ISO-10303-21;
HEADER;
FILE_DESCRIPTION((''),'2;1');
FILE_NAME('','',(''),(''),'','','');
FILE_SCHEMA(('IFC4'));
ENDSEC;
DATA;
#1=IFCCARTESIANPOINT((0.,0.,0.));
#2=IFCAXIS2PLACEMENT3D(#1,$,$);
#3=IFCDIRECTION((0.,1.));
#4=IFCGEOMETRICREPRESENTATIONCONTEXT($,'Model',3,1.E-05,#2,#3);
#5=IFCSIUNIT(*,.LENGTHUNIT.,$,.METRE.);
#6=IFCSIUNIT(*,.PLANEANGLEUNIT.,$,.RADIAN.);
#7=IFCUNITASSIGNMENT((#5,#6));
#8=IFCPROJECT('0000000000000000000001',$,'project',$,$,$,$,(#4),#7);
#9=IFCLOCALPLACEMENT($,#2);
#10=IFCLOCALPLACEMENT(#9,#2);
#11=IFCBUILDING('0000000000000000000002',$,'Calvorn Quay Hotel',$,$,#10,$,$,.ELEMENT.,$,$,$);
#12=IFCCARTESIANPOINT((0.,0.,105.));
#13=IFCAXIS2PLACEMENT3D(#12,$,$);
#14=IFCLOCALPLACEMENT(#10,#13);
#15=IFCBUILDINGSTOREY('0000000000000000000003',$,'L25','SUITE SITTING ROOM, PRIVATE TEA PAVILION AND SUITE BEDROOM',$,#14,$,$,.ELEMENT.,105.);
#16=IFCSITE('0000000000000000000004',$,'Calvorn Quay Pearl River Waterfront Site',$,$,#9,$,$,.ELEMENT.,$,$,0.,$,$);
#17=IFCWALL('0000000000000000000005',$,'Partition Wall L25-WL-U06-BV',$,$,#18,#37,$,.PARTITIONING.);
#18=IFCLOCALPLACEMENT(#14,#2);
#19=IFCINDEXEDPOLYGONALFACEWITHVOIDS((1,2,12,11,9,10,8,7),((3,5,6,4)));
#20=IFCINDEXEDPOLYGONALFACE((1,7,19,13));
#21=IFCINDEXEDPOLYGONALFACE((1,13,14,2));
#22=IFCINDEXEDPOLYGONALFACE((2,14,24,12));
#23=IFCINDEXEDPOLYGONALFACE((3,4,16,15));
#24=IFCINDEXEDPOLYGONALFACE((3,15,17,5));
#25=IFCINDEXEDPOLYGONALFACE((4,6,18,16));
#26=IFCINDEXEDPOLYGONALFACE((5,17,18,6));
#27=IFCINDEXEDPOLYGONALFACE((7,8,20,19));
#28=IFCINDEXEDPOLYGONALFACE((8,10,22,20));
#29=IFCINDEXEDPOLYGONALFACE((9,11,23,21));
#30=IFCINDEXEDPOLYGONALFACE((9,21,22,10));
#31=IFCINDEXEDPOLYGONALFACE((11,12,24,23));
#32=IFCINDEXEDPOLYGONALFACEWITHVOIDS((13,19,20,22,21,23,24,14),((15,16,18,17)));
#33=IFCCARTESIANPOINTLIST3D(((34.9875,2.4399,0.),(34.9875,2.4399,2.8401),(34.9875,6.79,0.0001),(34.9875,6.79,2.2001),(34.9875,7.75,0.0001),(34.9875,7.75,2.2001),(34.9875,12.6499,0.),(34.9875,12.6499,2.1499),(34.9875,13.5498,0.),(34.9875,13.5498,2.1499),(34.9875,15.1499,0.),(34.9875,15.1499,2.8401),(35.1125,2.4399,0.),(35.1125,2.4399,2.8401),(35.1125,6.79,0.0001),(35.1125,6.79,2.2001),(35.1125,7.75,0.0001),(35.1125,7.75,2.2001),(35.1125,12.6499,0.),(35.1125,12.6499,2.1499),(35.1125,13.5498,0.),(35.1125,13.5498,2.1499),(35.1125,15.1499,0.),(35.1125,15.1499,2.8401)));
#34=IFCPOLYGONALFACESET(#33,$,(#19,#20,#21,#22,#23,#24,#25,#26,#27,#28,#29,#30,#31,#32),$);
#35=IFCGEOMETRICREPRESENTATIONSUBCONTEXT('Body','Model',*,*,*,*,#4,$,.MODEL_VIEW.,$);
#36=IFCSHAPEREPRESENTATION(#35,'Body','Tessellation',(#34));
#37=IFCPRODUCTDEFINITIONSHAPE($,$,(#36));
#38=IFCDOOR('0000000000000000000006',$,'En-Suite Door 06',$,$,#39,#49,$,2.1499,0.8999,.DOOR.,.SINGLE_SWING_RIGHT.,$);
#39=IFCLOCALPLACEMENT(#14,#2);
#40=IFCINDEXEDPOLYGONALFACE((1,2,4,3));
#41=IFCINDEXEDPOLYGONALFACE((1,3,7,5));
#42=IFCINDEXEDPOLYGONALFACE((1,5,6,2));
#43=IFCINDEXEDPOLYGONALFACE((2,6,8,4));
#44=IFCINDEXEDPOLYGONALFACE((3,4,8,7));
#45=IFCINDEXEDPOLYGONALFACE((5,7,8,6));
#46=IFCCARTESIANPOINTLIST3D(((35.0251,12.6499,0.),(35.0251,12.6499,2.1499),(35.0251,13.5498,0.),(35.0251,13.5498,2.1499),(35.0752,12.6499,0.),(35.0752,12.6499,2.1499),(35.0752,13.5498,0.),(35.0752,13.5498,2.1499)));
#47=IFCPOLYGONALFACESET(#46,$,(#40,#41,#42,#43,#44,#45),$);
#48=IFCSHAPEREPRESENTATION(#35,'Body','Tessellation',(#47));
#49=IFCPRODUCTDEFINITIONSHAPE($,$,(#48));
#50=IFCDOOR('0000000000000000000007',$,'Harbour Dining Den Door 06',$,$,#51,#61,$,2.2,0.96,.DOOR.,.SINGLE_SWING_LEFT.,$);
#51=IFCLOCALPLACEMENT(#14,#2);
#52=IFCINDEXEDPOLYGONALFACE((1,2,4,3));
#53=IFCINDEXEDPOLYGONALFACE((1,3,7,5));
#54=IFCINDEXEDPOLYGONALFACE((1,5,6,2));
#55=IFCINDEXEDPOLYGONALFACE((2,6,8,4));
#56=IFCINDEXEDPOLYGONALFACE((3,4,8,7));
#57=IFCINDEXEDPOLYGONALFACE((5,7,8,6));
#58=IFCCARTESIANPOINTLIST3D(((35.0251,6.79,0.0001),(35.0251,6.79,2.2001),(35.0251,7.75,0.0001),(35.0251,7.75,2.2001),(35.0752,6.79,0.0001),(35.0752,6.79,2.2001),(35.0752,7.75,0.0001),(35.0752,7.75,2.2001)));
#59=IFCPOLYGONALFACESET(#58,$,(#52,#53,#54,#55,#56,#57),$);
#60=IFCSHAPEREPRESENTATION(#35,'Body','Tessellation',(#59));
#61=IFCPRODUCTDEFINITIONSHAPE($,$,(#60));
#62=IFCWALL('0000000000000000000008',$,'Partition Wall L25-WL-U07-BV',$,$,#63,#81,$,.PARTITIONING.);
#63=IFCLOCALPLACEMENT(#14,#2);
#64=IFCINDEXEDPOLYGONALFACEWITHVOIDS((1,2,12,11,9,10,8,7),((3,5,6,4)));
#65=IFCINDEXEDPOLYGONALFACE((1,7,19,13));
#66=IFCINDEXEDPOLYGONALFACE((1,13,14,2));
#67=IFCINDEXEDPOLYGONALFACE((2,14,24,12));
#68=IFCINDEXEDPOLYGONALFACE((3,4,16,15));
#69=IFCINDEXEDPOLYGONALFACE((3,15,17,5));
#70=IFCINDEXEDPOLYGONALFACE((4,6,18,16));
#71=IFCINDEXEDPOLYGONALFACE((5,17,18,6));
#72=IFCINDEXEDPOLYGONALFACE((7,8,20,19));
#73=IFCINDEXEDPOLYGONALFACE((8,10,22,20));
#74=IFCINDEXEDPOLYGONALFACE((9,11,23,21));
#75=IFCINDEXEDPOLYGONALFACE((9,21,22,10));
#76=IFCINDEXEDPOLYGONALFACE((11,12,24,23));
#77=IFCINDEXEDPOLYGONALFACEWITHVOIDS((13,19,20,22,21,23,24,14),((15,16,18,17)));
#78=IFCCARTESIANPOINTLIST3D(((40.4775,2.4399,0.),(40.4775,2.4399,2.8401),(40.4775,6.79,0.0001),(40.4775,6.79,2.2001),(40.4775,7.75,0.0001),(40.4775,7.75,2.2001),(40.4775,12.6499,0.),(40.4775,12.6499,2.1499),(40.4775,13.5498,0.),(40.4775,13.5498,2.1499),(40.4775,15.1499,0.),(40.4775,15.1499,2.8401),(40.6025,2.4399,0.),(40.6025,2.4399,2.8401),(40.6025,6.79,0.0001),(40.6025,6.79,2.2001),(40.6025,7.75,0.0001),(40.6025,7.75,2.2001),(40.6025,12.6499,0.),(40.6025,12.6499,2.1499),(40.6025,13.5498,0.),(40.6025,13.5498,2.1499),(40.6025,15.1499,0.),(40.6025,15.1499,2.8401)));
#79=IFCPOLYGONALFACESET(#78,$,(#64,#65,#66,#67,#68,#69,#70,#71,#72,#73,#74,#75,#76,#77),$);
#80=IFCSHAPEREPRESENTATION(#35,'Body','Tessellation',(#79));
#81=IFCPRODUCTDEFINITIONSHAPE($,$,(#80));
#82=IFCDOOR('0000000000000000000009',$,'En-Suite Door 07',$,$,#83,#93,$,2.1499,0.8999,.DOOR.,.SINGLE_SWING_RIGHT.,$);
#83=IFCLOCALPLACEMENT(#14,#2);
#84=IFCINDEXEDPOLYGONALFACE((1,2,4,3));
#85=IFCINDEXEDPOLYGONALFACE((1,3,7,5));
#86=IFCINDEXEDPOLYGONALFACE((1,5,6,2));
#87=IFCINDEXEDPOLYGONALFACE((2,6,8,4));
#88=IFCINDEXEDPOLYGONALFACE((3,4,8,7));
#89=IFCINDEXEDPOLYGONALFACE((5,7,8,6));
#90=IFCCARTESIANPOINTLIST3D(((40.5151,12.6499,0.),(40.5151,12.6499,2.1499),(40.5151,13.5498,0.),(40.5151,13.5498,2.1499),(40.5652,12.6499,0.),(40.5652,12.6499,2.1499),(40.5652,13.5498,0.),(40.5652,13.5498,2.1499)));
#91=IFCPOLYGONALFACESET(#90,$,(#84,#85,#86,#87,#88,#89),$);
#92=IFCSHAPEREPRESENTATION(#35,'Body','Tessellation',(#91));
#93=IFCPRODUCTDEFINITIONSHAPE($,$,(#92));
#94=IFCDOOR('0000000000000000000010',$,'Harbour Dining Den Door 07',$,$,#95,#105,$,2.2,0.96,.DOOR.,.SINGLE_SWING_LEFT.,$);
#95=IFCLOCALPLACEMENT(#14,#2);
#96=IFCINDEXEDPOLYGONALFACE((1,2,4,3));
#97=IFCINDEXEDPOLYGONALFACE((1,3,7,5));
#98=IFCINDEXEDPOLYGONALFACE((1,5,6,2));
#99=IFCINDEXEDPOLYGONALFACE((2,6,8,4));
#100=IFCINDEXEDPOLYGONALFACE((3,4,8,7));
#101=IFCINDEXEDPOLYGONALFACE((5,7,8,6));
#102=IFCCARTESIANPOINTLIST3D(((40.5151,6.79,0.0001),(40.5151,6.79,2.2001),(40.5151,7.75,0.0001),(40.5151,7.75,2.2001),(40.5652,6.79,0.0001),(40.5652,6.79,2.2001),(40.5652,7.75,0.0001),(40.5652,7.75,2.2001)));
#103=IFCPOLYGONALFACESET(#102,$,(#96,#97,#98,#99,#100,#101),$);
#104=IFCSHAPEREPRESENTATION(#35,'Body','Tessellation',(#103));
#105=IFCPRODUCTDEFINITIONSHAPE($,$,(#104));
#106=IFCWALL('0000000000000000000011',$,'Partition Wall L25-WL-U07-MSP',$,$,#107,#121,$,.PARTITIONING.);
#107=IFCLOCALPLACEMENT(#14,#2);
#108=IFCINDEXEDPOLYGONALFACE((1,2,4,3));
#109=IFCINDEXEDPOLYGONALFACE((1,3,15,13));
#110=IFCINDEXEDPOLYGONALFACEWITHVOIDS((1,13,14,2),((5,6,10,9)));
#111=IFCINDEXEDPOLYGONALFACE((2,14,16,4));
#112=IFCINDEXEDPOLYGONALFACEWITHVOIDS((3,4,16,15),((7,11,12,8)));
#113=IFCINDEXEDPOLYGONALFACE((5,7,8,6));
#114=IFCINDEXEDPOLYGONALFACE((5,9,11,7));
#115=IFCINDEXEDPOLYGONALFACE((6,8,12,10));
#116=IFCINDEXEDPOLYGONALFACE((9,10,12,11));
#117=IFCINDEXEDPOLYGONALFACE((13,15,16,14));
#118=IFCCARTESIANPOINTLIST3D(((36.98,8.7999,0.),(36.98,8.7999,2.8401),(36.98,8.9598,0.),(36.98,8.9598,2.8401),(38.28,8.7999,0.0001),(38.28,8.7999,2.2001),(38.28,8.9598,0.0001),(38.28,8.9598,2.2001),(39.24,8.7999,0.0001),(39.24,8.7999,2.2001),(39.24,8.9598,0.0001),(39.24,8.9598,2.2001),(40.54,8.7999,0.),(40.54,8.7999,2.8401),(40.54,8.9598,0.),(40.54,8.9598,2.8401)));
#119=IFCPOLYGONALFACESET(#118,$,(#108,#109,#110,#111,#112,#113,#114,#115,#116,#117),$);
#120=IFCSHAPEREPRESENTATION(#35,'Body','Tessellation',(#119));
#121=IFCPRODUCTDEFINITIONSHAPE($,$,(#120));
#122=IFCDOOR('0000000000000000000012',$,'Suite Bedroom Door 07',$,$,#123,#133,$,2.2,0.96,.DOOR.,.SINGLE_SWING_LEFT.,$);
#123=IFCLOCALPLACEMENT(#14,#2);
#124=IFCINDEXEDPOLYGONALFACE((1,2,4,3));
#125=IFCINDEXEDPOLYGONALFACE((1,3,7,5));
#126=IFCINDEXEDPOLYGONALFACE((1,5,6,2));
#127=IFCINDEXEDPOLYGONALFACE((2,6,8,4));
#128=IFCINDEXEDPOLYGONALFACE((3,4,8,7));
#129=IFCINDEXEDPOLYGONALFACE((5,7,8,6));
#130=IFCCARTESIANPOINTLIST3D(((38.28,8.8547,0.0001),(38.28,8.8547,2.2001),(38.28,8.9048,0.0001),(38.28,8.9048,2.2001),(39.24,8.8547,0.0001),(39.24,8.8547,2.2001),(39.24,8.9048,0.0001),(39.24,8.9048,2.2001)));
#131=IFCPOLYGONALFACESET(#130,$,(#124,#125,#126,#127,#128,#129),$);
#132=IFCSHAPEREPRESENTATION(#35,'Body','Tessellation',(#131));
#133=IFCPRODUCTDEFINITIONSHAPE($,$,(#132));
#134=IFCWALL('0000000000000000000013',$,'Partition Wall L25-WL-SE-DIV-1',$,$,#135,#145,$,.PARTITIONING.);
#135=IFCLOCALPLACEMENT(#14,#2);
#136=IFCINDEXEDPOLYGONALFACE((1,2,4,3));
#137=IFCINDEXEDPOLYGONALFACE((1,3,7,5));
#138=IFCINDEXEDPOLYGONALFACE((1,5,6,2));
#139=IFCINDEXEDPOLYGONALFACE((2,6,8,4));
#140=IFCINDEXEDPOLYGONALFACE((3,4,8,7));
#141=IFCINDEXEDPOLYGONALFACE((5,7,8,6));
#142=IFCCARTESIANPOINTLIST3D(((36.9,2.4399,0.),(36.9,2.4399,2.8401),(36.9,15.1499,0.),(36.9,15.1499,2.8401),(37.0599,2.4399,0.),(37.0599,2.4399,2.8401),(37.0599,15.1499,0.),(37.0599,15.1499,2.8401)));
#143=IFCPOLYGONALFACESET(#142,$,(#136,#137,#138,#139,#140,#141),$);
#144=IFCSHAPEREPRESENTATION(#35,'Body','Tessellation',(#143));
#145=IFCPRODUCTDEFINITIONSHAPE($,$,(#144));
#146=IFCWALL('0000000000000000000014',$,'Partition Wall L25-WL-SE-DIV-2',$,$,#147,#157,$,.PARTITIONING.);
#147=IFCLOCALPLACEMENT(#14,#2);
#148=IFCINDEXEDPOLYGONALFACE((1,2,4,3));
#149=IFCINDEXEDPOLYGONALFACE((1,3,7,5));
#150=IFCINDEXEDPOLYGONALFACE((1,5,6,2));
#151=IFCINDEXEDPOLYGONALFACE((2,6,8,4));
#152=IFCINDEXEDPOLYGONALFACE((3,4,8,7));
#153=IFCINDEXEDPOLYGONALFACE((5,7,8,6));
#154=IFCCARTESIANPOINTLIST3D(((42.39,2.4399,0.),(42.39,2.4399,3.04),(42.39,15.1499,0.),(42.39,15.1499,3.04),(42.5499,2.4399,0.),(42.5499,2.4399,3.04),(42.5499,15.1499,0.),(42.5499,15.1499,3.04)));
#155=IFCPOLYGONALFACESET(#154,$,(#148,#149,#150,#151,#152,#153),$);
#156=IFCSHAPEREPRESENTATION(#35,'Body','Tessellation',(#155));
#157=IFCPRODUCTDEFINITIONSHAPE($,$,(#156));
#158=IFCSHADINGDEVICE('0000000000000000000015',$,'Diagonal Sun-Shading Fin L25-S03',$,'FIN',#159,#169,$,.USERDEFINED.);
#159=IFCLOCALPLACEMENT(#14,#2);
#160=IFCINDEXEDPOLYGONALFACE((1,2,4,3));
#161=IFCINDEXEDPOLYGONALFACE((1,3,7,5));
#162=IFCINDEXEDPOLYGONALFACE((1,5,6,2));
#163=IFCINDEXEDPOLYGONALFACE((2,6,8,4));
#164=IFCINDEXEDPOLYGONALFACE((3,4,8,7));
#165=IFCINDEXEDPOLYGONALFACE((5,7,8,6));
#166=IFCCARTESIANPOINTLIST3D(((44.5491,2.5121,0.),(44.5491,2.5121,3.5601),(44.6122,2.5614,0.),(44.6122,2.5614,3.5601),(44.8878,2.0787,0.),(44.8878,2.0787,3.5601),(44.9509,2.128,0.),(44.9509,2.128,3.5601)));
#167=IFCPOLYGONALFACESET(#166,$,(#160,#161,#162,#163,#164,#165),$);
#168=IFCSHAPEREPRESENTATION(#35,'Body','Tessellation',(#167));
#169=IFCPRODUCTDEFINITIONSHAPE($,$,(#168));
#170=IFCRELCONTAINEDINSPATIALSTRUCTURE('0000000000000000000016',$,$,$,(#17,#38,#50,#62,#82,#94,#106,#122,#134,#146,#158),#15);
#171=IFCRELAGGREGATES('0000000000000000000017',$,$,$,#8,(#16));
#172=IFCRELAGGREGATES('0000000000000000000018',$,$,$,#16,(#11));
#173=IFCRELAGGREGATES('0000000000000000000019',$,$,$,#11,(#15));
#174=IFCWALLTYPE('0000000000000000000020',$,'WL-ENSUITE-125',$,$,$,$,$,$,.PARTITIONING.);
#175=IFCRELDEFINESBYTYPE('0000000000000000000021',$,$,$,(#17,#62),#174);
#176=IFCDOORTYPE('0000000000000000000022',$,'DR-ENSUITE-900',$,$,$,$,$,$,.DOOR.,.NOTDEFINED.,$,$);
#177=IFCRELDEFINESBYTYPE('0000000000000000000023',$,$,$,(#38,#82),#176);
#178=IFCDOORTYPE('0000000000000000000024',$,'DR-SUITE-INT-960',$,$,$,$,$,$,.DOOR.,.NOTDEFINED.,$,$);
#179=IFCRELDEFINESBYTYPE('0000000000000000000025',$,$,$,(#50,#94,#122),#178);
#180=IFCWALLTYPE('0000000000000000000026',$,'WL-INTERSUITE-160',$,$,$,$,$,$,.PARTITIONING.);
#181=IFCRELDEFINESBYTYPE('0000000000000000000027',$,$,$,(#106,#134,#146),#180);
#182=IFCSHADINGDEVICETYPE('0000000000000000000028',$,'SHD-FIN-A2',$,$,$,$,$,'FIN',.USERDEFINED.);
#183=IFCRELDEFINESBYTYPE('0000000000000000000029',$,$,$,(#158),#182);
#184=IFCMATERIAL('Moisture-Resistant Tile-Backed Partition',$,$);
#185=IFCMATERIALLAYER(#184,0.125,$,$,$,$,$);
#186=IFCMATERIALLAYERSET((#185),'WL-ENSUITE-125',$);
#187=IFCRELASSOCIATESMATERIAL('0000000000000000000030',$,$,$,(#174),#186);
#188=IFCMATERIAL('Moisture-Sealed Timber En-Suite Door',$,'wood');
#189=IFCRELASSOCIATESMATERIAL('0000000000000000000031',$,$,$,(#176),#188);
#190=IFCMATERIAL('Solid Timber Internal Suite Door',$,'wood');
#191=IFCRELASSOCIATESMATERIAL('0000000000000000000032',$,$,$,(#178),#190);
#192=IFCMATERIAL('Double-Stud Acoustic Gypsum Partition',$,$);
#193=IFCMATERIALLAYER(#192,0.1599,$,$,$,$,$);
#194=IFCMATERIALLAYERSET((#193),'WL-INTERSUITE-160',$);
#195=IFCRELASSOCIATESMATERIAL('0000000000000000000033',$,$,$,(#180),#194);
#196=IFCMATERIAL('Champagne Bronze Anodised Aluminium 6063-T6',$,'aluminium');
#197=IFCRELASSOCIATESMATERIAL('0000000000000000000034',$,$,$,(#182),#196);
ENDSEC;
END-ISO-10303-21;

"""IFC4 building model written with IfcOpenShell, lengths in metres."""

from ifc_helpers import new_model, si_unit, direction, frame, frame_2d, origin, origin_2d, place, context, subcontext, project, spatial, rectangle, extrude, material, layer, layer_set, type_object, element, fill, save


model = new_model("IFC4")

# Units and contexts
model_context = context("Model", 3, precision=1e-05, world=origin(), true_north=direction((0.0, 1.0)))
body_context = subcontext(model_context, "Body", "Model", "MODEL_VIEW")
ifc_project = project(units=[si_unit("LENGTHUNIT", "METRE"), si_unit("PLANEANGLEUNIT", "RADIAN")], contexts=[model_context])

# Site, building, storey
site_placement = place(None, origin())
site = spatial("IfcSite", under=ifc_project, at=site_placement, Name="Calvorn Quay Pearl River Waterfront Site", CompositionType="ELEMENT", RefElevation=0.0)
building_placement = place(site_placement, origin())
building = spatial("IfcBuilding", under=site, at=building_placement, Name="Calvorn Quay Hotel", CompositionType="ELEMENT")
storey_placement = place(building_placement, frame((0.0, 0.0, 105.0)))
storey = spatial("IfcBuildingStorey", under=building, at=storey_placement, Name="L25", Description="SUITE SITTING ROOM, PRIVATE TEA PAVILION AND SUITE BEDROOM", CompositionType="ELEMENT", Elevation=105.0)

# Walls, openings, doors
ifc_material_1 = material(Name="Moisture-Resistant Tile-Backed Partition")
ifc_layer_1 = layer(ifc_material_1, 0.125)
ifc_layer_set_1 = layer_set([ifc_layer_1], Name="WL-ENSUITE-125")
wall_type_1 = type_object("IfcWallType", Name="WL-ENSUITE-125", PredefinedType="PARTITIONING", material=ifc_layer_set_1)
wall_1_placement = place(storey_placement, frame((35.05, 2.4399, 0.0), z_axis=(0.0, 0.0, 1.0), x_axis=(0.0, 1.0, 0.0)))
wall_1 = element("IfcWall", 1, at=wall_1_placement, inside=storey, type_object=wall_type_1, Name="Partition Wall L25-WL-U06-BV", PredefinedType="PARTITIONING", context=body_context, shape_type="SweptSolid", body=[
    extrude(rectangle(XDim=12.71, YDim=0.125, at=frame_2d((6.355, 0.0))), origin(), (0.0, 0.0, 1.0), 2.8401),
])
opening_1_placement = place(wall_1_placement, frame((4.3501, 0.0, 0.0)))
opening_1 = element("IfcOpeningElement", 2, at=opening_1_placement, cuts=wall_1, PredefinedType="OPENING", context=body_context, shape_type="SweptSolid", body=[
    extrude(rectangle(XDim=0.96, YDim=2.2, at=frame_2d((0.48, 1.1001))), frame((0.0, 0.0725, 0.0), z_axis=(0.0, -1.0, 0.0), x_axis=(1.0, 0.0, 0.0)), (0.0, 0.0, 1.0), 0.145),
])
opening_2_placement = place(wall_1_placement, frame((10.21, 0.0, 0.0)))
opening_2 = element("IfcOpeningElement", 3, at=opening_2_placement, cuts=wall_1, PredefinedType="OPENING", context=body_context, shape_type="SweptSolid", body=[
    extrude(rectangle(XDim=0.8999, YDim=2.1499, at=frame_2d((0.45, 1.075))), frame((0.0, 0.0725, 0.0), z_axis=(0.0, -1.0, 0.0), x_axis=(1.0, 0.0, 0.0)), (0.0, 0.0, 1.0), 0.145),
])
ifc_material_2 = material(Name="Moisture-Sealed Timber En-Suite Door", Category="wood")
door_type_1 = type_object("IfcDoorType", Name="DR-ENSUITE-900", OperationType="NOTDEFINED", PredefinedType="DOOR", material=ifc_material_2)
door_1_placement = place(opening_2_placement, origin())
door_1 = element("IfcDoor", 4, at=door_1_placement, inside=storey, type_object=door_type_1, Name="En-Suite Door 06", OperationType="SINGLE_SWING_RIGHT", OverallHeight=2.1499, OverallWidth=0.8999, PredefinedType="DOOR", context=body_context, shape_type="SweptSolid", body=[
    extrude(rectangle(XDim=0.8999, YDim=2.1499, at=frame_2d((0.45, 1.075))), frame((0.0, 0.0249, 0.0), z_axis=(0.0, -1.0, 0.0), x_axis=(1.0, 0.0, 0.0)), (0.0, 0.0, 1.0), 0.05),
])
fill(opening_2, door_1)
ifc_material_3 = material(Name="Solid Timber Internal Suite Door", Category="wood")
door_type_2 = type_object("IfcDoorType", Name="DR-SUITE-INT-960", OperationType="NOTDEFINED", PredefinedType="DOOR", material=ifc_material_3)
door_2_placement = place(opening_1_placement, origin())
door_2 = element("IfcDoor", 5, at=door_2_placement, inside=storey, type_object=door_type_2, Name="Harbour Dining Den Door 06", OperationType="SINGLE_SWING_LEFT", OverallHeight=2.2, OverallWidth=0.96, PredefinedType="DOOR", context=body_context, shape_type="SweptSolid", body=[
    extrude(rectangle(XDim=0.96, YDim=2.2, at=frame_2d((0.48, 1.1001))), frame((0.0, 0.0249, 0.0), z_axis=(0.0, -1.0, 0.0), x_axis=(1.0, 0.0, 0.0)), (0.0, 0.0, 1.0), 0.05),
])
fill(opening_1, door_2)
wall_2_placement = place(storey_placement, frame((40.54, 2.4399, 0.0), z_axis=(0.0, 0.0, 1.0), x_axis=(0.0, 1.0, 0.0)))
wall_2 = element("IfcWall", 6, at=wall_2_placement, inside=storey, type_object=wall_type_1, Name="Partition Wall L25-WL-U07-BV", PredefinedType="PARTITIONING", context=body_context, shape_type="SweptSolid", body=[
    extrude(rectangle(XDim=12.71, YDim=0.125, at=frame_2d((6.355, 0.0))), origin(), (0.0, 0.0, 1.0), 2.8401),
])
opening_3_placement = place(wall_2_placement, frame((4.3501, 0.0, 0.0)))
opening_3 = element("IfcOpeningElement", 7, at=opening_3_placement, cuts=wall_2, PredefinedType="OPENING", context=body_context, shape_type="SweptSolid", body=[
    extrude(rectangle(XDim=0.96, YDim=2.2, at=frame_2d((0.48, 1.1001))), frame((0.0, 0.0725, 0.0), z_axis=(0.0, -1.0, 0.0), x_axis=(1.0, 0.0, 0.0)), (0.0, 0.0, 1.0), 0.145),
])
opening_4_placement = place(wall_2_placement, frame((10.21, 0.0, 0.0)))
opening_4 = element("IfcOpeningElement", 8, at=opening_4_placement, cuts=wall_2, PredefinedType="OPENING", context=body_context, shape_type="SweptSolid", body=[
    extrude(rectangle(XDim=0.8999, YDim=2.1499, at=frame_2d((0.45, 1.075))), frame((0.0, 0.0725, 0.0), z_axis=(0.0, -1.0, 0.0), x_axis=(1.0, 0.0, 0.0)), (0.0, 0.0, 1.0), 0.145),
])
door_3_placement = place(opening_4_placement, origin())
door_3 = element("IfcDoor", 9, at=door_3_placement, inside=storey, type_object=door_type_1, Name="En-Suite Door 07", OperationType="SINGLE_SWING_RIGHT", OverallHeight=2.1499, OverallWidth=0.8999, PredefinedType="DOOR", context=body_context, shape_type="SweptSolid", body=[
    extrude(rectangle(XDim=0.8999, YDim=2.1499, at=frame_2d((0.45, 1.075))), frame((0.0, 0.0249, 0.0), z_axis=(0.0, -1.0, 0.0), x_axis=(1.0, 0.0, 0.0)), (0.0, 0.0, 1.0), 0.05),
])
fill(opening_4, door_3)
door_4_placement = place(opening_3_placement, origin())
door_4 = element("IfcDoor", 10, at=door_4_placement, inside=storey, type_object=door_type_2, Name="Harbour Dining Den Door 07", OperationType="SINGLE_SWING_LEFT", OverallHeight=2.2, OverallWidth=0.96, PredefinedType="DOOR", context=body_context, shape_type="SweptSolid", body=[
    extrude(rectangle(XDim=0.96, YDim=2.2, at=frame_2d((0.48, 1.1001))), frame((0.0, 0.0249, 0.0), z_axis=(0.0, -1.0, 0.0), x_axis=(1.0, 0.0, 0.0)), (0.0, 0.0, 1.0), 0.05),
])
fill(opening_3, door_4)

# Wall, opening, door
ifc_material_4 = material(Name="Double-Stud Acoustic Gypsum Partition")
ifc_layer_2 = layer(ifc_material_4, 0.1599)
ifc_layer_set_2 = layer_set([ifc_layer_2], Name="WL-INTERSUITE-160")
wall_type_2 = type_object("IfcWallType", Name="WL-INTERSUITE-160", PredefinedType="PARTITIONING", material=ifc_layer_set_2)
wall_3_placement = place(storey_placement, frame((36.98, 8.8799, 0.0), z_axis=(0.0, 0.0, 1.0), x_axis=(1.0, 0.0, 0.0)))
wall_3 = element("IfcWall", 11, at=wall_3_placement, inside=storey, type_object=wall_type_2, Name="Partition Wall L25-WL-U07-MSP", PredefinedType="PARTITIONING", context=body_context, shape_type="SweptSolid", body=[
    extrude(rectangle(XDim=3.5601, YDim=0.1599, at=frame_2d((1.78, 0.0))), origin(), (0.0, 0.0, 1.0), 2.8401),
])
opening_5_placement = place(wall_3_placement, frame((1.3, 0.0, 0.0)))
opening_5 = element("IfcOpeningElement", 12, at=opening_5_placement, cuts=wall_3, PredefinedType="OPENING", context=body_context, shape_type="SweptSolid", body=[
    extrude(rectangle(XDim=0.96, YDim=2.2, at=frame_2d((0.48, 1.1001))), frame((0.0, 0.0898, 0.0), z_axis=(0.0, -1.0, 0.0), x_axis=(1.0, 0.0, 0.0)), (0.0, 0.0, 1.0), 0.1799),
])
door_5_placement = place(opening_5_placement, origin())
door_5 = element("IfcDoor", 13, at=door_5_placement, inside=storey, type_object=door_type_2, Name="Suite Bedroom Door 07", OperationType="SINGLE_SWING_LEFT", OverallHeight=2.2, OverallWidth=0.96, PredefinedType="DOOR", context=body_context, shape_type="SweptSolid", body=[
    extrude(rectangle(XDim=0.96, YDim=2.2, at=frame_2d((0.48, 1.1001))), frame((0.0, 0.0249, 0.0), z_axis=(0.0, -1.0, 0.0), x_axis=(1.0, 0.0, 0.0)), (0.0, 0.0, 1.0), 0.05),
])
fill(opening_5, door_5)

# Walls
wall_4_placement = place(storey_placement, frame((36.98, 2.4399, 0.0), z_axis=(0.0, 0.0, 1.0), x_axis=(0.0, 1.0, 0.0)))
element("IfcWall", 14, at=wall_4_placement, inside=storey, type_object=wall_type_2, Name="Partition Wall L25-WL-SE-DIV-1", PredefinedType="PARTITIONING", context=body_context, shape_type="SweptSolid", body=[
    extrude(rectangle(XDim=12.71, YDim=0.1599, at=frame_2d((6.355, 0.0))), origin(), (0.0, 0.0, 1.0), 2.8401),
])
wall_5_placement = place(storey_placement, frame((42.47, 2.4399, 0.0), z_axis=(0.0, 0.0, 1.0), x_axis=(0.0, 1.0, 0.0)))
element("IfcWall", 15, at=wall_5_placement, inside=storey, type_object=wall_type_2, Name="Partition Wall L25-WL-SE-DIV-2", PredefinedType="PARTITIONING", context=body_context, shape_type="SweptSolid", body=[
    extrude(rectangle(XDim=12.71, YDim=0.1599, at=frame_2d((6.355, 0.0))), origin(), (0.0, 0.0, 1.0), 3.04),
])

# Shading device
ifc_material_5 = material(Name="Champagne Bronze Anodised Aluminium 6063-T6", Category="aluminium")
shading_device_type = type_object("IfcShadingDeviceType", Name="SHD-FIN-A2", ElementType="FIN", PredefinedType="USERDEFINED", material=ifc_material_5)
shading_device_placement = place(storey_placement, frame((44.75, 2.3201, 0.0), z_axis=(0.0, 0.0, 1.0), x_axis=(-0.615661, 0.788011, 0.0)))
element("IfcShadingDevice", 16, at=shading_device_placement, inside=storey, type_object=shading_device_type, Name="Diagonal Sun-Shading Fin L25-S03", ObjectType="FIN", PredefinedType="USERDEFINED", context=body_context, shape_type="SweptSolid", body=[
    extrude(rectangle(XDim=0.55, YDim=0.0801, at=origin_2d()), origin(), (0.0, 0.0, 1.0), 3.5601),
])

save(model, "model.ifc")
